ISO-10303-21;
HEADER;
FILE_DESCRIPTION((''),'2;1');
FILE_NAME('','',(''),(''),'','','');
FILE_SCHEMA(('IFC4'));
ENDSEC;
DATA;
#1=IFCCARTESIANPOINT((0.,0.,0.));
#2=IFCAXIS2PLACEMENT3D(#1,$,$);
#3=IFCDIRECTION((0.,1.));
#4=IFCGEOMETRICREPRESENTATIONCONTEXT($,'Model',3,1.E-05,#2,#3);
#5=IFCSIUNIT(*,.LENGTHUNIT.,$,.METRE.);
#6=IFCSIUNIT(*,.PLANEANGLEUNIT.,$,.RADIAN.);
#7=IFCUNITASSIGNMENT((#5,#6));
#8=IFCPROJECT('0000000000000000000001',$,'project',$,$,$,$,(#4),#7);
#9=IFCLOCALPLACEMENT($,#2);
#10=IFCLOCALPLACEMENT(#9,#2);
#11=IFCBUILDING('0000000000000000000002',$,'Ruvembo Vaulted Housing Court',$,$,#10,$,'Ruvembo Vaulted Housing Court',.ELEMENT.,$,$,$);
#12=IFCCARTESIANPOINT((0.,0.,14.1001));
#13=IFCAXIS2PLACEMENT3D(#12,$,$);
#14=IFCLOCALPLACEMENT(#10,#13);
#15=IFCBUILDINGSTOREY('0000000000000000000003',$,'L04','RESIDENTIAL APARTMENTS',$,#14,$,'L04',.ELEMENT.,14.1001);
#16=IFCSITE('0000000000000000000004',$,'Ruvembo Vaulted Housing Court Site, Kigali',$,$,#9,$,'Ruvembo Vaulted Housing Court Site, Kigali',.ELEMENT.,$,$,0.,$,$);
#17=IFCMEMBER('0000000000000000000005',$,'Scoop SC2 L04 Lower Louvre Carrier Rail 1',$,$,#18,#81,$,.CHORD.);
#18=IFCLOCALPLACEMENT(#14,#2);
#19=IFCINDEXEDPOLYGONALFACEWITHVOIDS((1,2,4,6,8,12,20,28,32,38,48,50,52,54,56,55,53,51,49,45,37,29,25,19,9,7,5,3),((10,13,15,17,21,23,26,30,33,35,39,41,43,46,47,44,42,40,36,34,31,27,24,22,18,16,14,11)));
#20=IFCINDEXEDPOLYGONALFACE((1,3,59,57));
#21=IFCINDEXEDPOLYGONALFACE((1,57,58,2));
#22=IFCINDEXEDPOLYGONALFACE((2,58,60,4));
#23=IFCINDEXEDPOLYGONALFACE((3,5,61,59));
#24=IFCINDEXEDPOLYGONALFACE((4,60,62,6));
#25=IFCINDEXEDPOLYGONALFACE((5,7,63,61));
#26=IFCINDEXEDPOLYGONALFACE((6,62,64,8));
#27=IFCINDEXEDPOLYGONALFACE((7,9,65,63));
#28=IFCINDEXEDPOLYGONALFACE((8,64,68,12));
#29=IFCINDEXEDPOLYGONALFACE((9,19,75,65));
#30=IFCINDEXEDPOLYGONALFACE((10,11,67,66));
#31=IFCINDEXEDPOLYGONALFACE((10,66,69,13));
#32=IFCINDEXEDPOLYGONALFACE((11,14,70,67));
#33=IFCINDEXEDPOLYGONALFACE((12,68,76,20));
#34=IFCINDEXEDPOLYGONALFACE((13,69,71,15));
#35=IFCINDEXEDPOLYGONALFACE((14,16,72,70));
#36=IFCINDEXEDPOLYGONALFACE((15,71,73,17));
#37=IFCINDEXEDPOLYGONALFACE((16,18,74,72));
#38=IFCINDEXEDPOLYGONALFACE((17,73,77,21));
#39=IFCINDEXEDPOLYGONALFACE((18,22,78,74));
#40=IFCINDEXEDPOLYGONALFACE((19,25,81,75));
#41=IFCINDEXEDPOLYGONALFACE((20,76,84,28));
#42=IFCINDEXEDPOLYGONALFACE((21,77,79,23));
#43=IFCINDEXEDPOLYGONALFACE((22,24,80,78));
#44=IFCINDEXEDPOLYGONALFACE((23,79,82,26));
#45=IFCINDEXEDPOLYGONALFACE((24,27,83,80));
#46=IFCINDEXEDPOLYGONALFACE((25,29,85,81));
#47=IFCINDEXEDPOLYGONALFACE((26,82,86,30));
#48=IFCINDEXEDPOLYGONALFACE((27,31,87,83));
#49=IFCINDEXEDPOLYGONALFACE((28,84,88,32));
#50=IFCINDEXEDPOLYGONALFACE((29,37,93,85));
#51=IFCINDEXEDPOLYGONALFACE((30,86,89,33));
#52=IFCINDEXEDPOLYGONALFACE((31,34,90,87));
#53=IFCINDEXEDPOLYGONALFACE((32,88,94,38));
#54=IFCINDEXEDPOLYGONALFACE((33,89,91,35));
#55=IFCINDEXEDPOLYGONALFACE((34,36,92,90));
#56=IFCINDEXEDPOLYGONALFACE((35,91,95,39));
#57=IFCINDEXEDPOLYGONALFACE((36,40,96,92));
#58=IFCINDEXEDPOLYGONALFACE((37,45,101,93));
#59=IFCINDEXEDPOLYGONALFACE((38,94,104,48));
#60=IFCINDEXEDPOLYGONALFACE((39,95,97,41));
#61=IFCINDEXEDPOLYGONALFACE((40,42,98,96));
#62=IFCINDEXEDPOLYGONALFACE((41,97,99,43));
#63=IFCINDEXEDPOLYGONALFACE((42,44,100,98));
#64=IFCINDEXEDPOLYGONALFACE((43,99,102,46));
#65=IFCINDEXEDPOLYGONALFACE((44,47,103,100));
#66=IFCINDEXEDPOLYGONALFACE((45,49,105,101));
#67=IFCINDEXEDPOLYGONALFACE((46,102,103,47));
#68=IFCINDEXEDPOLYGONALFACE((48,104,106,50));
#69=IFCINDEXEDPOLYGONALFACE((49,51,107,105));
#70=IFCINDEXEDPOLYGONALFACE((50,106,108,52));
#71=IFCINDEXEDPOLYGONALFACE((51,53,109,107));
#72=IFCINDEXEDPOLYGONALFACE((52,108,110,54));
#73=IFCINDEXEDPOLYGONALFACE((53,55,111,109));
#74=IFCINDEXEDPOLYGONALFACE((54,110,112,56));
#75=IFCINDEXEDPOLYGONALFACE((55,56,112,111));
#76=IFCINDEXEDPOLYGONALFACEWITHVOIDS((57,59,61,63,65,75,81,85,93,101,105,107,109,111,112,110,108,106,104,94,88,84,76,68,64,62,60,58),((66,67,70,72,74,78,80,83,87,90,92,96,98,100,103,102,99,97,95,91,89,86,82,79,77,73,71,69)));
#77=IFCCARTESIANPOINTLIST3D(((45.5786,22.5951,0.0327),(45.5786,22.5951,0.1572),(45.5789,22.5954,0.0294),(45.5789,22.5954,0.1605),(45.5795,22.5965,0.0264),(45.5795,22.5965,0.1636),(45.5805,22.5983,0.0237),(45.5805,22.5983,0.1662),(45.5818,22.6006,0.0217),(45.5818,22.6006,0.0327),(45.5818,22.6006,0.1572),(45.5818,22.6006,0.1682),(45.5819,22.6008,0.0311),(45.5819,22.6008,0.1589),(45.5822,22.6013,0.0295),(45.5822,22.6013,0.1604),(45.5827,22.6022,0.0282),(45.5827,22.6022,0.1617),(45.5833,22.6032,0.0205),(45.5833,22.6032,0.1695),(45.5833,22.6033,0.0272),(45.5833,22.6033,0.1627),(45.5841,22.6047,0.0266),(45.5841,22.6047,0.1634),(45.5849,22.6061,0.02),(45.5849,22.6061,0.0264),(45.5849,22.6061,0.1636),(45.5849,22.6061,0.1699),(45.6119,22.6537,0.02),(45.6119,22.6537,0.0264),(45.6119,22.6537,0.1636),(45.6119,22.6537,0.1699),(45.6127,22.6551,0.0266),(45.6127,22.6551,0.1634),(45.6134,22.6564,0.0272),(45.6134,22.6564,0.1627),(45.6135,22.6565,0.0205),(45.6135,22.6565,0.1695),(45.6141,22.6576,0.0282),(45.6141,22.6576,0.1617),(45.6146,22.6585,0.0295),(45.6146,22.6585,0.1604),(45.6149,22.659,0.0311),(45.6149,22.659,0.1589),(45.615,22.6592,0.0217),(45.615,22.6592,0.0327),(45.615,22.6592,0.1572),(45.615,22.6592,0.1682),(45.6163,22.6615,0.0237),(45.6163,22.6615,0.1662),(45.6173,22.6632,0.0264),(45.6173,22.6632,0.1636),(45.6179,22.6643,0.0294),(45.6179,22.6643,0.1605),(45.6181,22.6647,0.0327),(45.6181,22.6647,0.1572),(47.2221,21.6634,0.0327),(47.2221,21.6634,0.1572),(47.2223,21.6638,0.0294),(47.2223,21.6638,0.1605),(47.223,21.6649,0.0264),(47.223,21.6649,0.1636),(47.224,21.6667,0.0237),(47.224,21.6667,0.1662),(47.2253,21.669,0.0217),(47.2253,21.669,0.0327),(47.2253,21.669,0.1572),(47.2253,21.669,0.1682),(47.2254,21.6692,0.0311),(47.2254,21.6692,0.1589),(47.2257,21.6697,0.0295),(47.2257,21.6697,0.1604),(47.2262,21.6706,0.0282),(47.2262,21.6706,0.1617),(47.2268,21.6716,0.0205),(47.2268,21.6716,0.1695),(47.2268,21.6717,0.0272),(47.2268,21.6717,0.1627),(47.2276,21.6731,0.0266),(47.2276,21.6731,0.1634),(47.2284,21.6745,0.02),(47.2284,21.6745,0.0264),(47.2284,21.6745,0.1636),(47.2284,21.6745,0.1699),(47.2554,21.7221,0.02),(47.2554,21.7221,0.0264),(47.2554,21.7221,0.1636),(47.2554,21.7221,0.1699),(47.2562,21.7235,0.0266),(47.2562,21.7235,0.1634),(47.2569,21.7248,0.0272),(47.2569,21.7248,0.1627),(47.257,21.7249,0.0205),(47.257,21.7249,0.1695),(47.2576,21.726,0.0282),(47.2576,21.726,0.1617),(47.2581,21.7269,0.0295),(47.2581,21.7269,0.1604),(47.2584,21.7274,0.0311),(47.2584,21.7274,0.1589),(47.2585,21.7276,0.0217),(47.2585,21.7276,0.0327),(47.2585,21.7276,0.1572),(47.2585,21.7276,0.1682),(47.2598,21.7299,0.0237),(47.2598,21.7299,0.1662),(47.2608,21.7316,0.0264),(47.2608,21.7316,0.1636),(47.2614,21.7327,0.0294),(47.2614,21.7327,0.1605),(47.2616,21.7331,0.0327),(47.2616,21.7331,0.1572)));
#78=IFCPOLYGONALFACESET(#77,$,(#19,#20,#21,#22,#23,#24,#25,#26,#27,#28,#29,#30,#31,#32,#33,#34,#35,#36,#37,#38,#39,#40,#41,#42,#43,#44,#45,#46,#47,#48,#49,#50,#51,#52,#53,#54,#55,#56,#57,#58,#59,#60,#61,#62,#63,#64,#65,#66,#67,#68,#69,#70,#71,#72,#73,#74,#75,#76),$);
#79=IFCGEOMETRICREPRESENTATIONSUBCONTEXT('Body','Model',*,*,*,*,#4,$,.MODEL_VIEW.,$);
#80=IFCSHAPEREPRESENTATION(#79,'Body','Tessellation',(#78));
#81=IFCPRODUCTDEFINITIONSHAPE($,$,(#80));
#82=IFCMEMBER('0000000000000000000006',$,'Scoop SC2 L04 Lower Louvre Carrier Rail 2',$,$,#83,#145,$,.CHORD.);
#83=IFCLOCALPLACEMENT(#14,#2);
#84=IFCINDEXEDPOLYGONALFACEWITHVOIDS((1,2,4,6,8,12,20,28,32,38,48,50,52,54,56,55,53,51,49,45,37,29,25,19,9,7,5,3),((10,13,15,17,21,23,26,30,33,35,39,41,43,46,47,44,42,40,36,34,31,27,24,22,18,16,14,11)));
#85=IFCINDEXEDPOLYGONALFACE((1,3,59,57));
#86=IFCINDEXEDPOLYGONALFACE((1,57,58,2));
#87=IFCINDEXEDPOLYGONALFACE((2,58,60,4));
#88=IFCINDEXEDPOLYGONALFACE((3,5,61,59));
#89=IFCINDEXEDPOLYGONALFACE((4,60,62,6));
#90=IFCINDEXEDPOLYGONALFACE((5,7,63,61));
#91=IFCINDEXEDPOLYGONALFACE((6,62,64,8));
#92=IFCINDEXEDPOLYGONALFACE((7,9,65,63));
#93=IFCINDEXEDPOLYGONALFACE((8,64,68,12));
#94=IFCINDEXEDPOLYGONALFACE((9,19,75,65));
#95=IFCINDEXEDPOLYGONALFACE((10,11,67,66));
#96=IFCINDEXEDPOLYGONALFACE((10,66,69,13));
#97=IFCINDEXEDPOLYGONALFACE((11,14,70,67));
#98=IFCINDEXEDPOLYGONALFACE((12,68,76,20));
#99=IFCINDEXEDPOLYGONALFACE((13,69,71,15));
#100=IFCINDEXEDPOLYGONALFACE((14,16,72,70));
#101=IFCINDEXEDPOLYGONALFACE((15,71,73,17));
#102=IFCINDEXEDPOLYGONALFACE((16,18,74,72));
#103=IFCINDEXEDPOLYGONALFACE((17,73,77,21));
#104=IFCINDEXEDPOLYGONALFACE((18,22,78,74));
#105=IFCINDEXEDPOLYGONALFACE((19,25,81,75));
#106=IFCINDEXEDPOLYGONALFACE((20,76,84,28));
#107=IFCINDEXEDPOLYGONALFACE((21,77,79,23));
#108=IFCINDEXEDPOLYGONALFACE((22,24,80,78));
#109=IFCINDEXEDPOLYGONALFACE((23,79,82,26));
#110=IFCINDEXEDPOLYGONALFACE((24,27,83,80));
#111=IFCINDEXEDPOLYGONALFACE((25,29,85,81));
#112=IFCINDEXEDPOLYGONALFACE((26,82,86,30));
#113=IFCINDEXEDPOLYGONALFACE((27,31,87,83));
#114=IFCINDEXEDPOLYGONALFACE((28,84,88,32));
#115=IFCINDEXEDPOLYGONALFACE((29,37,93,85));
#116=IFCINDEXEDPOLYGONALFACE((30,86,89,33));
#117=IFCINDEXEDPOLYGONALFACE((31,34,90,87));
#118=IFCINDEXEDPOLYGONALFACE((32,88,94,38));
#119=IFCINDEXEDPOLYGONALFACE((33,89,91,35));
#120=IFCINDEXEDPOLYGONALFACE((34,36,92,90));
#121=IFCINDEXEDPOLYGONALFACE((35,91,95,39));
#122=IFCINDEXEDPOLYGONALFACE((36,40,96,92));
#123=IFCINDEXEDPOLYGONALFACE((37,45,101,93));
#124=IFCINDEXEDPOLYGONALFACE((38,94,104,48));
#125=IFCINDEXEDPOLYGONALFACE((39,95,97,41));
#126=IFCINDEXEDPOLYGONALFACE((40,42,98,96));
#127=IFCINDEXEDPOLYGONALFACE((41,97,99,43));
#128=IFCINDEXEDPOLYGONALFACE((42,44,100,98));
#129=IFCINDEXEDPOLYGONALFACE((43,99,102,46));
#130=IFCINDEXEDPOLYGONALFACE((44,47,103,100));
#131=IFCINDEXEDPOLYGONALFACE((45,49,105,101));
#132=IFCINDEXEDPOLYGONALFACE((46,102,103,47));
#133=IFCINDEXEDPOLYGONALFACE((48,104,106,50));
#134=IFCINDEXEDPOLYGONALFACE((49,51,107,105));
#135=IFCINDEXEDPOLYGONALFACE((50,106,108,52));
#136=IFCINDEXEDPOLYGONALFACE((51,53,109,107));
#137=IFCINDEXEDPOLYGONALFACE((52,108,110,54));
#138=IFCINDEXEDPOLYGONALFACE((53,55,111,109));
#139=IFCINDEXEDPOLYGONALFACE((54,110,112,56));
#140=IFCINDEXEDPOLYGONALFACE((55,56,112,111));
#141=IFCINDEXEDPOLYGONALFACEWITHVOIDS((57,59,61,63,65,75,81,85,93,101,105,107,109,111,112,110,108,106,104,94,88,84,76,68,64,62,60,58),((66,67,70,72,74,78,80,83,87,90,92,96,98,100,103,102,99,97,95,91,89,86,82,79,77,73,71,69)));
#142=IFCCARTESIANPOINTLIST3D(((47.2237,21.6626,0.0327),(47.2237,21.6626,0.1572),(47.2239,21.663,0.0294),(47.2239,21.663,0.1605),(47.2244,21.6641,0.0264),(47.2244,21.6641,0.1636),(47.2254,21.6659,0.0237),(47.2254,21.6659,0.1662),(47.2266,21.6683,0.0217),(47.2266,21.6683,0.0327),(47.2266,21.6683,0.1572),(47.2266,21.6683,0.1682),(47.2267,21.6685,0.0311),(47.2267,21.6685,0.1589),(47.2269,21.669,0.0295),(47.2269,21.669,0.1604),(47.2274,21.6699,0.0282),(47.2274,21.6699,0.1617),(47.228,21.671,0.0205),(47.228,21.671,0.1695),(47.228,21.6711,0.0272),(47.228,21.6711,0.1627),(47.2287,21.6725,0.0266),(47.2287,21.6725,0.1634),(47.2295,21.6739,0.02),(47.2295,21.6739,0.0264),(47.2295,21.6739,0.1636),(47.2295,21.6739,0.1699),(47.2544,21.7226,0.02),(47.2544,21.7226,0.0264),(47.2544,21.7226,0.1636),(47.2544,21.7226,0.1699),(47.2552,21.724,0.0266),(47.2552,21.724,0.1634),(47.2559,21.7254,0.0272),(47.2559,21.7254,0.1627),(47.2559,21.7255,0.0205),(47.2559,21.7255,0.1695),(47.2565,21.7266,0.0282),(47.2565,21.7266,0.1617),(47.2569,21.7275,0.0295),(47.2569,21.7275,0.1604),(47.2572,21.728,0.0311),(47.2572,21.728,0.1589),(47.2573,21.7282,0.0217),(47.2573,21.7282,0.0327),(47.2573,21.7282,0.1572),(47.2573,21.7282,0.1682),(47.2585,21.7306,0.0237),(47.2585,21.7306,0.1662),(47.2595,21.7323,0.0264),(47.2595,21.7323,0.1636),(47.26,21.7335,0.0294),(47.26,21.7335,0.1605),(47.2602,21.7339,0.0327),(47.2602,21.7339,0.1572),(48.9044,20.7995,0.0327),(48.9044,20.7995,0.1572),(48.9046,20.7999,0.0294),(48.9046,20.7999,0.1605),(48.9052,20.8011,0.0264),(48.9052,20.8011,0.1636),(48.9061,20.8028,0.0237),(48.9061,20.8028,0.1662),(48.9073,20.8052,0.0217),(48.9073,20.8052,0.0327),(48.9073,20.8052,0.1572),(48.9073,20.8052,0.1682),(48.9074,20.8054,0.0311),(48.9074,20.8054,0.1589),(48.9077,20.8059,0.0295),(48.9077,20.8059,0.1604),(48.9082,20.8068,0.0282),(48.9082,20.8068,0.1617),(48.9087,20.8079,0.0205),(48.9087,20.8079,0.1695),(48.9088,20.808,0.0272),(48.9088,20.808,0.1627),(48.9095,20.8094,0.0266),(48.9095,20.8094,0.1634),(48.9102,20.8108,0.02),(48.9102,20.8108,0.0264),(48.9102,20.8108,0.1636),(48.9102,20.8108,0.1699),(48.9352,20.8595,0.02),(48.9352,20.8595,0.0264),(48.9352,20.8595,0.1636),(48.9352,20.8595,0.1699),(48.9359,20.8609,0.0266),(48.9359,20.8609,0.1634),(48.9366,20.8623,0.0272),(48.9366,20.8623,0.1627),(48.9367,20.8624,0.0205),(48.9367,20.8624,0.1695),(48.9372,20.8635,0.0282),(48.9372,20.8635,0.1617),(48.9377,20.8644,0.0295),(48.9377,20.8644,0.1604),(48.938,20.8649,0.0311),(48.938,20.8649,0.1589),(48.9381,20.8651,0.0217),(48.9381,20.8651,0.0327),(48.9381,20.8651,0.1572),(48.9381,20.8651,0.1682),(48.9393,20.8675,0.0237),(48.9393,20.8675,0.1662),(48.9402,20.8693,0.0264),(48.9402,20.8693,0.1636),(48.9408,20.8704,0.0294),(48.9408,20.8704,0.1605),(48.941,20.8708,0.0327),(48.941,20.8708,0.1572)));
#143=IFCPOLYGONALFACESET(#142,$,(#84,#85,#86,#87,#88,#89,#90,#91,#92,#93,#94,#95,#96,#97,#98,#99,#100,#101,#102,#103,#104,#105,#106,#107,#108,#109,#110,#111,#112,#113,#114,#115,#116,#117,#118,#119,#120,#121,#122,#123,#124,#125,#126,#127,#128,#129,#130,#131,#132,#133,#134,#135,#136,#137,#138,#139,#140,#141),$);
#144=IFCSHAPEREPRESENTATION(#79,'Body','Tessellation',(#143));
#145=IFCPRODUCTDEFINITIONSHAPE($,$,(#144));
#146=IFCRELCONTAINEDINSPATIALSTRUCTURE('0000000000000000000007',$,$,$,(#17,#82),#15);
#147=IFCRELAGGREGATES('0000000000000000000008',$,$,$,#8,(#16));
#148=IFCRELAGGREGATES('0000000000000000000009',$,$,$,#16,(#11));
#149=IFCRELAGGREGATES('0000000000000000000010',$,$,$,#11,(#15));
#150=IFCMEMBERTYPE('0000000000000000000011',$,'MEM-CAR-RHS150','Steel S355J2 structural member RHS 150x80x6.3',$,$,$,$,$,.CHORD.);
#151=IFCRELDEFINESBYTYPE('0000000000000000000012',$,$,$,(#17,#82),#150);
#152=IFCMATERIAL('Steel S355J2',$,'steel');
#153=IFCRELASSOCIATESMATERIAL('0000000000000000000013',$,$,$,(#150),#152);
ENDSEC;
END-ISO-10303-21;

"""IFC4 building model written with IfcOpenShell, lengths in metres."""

from ifc_helpers import new_model, si_unit, direction, frame, origin, origin_2d, place, context, subcontext, project, spatial, hollow_rectangle, extrude, material, material_profile, profile_set, type_object, element, save


model = new_model("IFC4")

# Units and contexts
model_context = context("Model", 3, precision=1e-05, world=origin(), true_north=direction((0.0, 1.0)))
body_context = subcontext(model_context, "Body", "Model", "MODEL_VIEW")
ifc_project = project(units=[si_unit("LENGTHUNIT", "METRE"), si_unit("PLANEANGLEUNIT", "RADIAN")], contexts=[model_context])

# Site, building, storey
site_placement = place(None, origin())
site = spatial("IfcSite", under=ifc_project, at=site_placement, Name="Ruvembo Vaulted Housing Court Site, Kigali", LongName="Ruvembo Vaulted Housing Court Site, Kigali", CompositionType="ELEMENT", RefElevation=0.0)
building_placement = place(site_placement, origin())
building = spatial("IfcBuilding", under=site, at=building_placement, Name="Ruvembo Vaulted Housing Court", LongName="Ruvembo Vaulted Housing Court", CompositionType="ELEMENT")
storey_placement = place(building_placement, frame((0.0, 0.0, 14.1001)))
storey = spatial("IfcBuildingStorey", under=building, at=storey_placement, Name="L04", Description="RESIDENTIAL APARTMENTS", LongName="L04", CompositionType="ELEMENT", Elevation=14.1001)

# Shared definitions
ifc_material_1 = material(Name="Steel S355J2", Category="steel")

# Members
ifc_material_profile_1 = material_profile(ifc_material_1, hollow_rectangle(XDim=0.0801, YDim=0.1499, WallThickness=0.0063, InnerFilletRadius=0.0063, OuterFilletRadius=0.0127, at=origin_2d()), Name="RHS 150x80x6.3")
ifc_profile_set_1 = profile_set([ifc_material_profile_1], Name="Steel S355J2")
member_type_1 = type_object("IfcMemberType", Name="MEM-CAR-RHS150", Description="Steel S355J2 structural member RHS 150x80x6.3", PredefinedType="CHORD", material=ifc_profile_set_1)
member_1_placement = place(storey_placement, frame((45.5984, 22.6299, 0.095), z_axis=(0.869956, -0.49313, 0.0), x_axis=(0.49313, 0.869956, 0.0)))
element("IfcMember", 1, at=member_1_placement, inside=storey, type_object=member_type_1, Name="Scoop SC2 L04 Lower Louvre Carrier Rail 1", PredefinedType="CHORD", context=body_context, shape_type="SweptSolid", body=[
    extrude(hollow_rectangle(XDim=0.0801, YDim=0.1499, WallThickness=0.0063, InnerFilletRadius=0.0063, OuterFilletRadius=0.0127, at=origin_2d()), origin(), (0.0, 0.0, 1.0), 1.8892),
])
for number, where, z_axis, x_axis, name in (
    (2, (47.2419, 21.6982, 0.095), (0.889568, -0.456802, 0.0), (0.456802, 0.889568, 0.0), "Scoop SC2 L04 Lower Louvre Carrier Rail 2"),
):
    element("IfcMember", number, at=place(storey_placement, frame(where, z_axis=z_axis, x_axis=x_axis)), inside=storey, type_object=member_type_1, Name=name, PredefinedType="CHORD", context=body_context, shape_type="SweptSolid", body=[
        extrude(hollow_rectangle(XDim=0.0801, YDim=0.1499, WallThickness=0.0063, InnerFilletRadius=0.0063, OuterFilletRadius=0.0127, at=origin_2d()), origin(), (0.0, 0.0, 1.0), 1.8894),
    ])

save(model, "model.ifc")
